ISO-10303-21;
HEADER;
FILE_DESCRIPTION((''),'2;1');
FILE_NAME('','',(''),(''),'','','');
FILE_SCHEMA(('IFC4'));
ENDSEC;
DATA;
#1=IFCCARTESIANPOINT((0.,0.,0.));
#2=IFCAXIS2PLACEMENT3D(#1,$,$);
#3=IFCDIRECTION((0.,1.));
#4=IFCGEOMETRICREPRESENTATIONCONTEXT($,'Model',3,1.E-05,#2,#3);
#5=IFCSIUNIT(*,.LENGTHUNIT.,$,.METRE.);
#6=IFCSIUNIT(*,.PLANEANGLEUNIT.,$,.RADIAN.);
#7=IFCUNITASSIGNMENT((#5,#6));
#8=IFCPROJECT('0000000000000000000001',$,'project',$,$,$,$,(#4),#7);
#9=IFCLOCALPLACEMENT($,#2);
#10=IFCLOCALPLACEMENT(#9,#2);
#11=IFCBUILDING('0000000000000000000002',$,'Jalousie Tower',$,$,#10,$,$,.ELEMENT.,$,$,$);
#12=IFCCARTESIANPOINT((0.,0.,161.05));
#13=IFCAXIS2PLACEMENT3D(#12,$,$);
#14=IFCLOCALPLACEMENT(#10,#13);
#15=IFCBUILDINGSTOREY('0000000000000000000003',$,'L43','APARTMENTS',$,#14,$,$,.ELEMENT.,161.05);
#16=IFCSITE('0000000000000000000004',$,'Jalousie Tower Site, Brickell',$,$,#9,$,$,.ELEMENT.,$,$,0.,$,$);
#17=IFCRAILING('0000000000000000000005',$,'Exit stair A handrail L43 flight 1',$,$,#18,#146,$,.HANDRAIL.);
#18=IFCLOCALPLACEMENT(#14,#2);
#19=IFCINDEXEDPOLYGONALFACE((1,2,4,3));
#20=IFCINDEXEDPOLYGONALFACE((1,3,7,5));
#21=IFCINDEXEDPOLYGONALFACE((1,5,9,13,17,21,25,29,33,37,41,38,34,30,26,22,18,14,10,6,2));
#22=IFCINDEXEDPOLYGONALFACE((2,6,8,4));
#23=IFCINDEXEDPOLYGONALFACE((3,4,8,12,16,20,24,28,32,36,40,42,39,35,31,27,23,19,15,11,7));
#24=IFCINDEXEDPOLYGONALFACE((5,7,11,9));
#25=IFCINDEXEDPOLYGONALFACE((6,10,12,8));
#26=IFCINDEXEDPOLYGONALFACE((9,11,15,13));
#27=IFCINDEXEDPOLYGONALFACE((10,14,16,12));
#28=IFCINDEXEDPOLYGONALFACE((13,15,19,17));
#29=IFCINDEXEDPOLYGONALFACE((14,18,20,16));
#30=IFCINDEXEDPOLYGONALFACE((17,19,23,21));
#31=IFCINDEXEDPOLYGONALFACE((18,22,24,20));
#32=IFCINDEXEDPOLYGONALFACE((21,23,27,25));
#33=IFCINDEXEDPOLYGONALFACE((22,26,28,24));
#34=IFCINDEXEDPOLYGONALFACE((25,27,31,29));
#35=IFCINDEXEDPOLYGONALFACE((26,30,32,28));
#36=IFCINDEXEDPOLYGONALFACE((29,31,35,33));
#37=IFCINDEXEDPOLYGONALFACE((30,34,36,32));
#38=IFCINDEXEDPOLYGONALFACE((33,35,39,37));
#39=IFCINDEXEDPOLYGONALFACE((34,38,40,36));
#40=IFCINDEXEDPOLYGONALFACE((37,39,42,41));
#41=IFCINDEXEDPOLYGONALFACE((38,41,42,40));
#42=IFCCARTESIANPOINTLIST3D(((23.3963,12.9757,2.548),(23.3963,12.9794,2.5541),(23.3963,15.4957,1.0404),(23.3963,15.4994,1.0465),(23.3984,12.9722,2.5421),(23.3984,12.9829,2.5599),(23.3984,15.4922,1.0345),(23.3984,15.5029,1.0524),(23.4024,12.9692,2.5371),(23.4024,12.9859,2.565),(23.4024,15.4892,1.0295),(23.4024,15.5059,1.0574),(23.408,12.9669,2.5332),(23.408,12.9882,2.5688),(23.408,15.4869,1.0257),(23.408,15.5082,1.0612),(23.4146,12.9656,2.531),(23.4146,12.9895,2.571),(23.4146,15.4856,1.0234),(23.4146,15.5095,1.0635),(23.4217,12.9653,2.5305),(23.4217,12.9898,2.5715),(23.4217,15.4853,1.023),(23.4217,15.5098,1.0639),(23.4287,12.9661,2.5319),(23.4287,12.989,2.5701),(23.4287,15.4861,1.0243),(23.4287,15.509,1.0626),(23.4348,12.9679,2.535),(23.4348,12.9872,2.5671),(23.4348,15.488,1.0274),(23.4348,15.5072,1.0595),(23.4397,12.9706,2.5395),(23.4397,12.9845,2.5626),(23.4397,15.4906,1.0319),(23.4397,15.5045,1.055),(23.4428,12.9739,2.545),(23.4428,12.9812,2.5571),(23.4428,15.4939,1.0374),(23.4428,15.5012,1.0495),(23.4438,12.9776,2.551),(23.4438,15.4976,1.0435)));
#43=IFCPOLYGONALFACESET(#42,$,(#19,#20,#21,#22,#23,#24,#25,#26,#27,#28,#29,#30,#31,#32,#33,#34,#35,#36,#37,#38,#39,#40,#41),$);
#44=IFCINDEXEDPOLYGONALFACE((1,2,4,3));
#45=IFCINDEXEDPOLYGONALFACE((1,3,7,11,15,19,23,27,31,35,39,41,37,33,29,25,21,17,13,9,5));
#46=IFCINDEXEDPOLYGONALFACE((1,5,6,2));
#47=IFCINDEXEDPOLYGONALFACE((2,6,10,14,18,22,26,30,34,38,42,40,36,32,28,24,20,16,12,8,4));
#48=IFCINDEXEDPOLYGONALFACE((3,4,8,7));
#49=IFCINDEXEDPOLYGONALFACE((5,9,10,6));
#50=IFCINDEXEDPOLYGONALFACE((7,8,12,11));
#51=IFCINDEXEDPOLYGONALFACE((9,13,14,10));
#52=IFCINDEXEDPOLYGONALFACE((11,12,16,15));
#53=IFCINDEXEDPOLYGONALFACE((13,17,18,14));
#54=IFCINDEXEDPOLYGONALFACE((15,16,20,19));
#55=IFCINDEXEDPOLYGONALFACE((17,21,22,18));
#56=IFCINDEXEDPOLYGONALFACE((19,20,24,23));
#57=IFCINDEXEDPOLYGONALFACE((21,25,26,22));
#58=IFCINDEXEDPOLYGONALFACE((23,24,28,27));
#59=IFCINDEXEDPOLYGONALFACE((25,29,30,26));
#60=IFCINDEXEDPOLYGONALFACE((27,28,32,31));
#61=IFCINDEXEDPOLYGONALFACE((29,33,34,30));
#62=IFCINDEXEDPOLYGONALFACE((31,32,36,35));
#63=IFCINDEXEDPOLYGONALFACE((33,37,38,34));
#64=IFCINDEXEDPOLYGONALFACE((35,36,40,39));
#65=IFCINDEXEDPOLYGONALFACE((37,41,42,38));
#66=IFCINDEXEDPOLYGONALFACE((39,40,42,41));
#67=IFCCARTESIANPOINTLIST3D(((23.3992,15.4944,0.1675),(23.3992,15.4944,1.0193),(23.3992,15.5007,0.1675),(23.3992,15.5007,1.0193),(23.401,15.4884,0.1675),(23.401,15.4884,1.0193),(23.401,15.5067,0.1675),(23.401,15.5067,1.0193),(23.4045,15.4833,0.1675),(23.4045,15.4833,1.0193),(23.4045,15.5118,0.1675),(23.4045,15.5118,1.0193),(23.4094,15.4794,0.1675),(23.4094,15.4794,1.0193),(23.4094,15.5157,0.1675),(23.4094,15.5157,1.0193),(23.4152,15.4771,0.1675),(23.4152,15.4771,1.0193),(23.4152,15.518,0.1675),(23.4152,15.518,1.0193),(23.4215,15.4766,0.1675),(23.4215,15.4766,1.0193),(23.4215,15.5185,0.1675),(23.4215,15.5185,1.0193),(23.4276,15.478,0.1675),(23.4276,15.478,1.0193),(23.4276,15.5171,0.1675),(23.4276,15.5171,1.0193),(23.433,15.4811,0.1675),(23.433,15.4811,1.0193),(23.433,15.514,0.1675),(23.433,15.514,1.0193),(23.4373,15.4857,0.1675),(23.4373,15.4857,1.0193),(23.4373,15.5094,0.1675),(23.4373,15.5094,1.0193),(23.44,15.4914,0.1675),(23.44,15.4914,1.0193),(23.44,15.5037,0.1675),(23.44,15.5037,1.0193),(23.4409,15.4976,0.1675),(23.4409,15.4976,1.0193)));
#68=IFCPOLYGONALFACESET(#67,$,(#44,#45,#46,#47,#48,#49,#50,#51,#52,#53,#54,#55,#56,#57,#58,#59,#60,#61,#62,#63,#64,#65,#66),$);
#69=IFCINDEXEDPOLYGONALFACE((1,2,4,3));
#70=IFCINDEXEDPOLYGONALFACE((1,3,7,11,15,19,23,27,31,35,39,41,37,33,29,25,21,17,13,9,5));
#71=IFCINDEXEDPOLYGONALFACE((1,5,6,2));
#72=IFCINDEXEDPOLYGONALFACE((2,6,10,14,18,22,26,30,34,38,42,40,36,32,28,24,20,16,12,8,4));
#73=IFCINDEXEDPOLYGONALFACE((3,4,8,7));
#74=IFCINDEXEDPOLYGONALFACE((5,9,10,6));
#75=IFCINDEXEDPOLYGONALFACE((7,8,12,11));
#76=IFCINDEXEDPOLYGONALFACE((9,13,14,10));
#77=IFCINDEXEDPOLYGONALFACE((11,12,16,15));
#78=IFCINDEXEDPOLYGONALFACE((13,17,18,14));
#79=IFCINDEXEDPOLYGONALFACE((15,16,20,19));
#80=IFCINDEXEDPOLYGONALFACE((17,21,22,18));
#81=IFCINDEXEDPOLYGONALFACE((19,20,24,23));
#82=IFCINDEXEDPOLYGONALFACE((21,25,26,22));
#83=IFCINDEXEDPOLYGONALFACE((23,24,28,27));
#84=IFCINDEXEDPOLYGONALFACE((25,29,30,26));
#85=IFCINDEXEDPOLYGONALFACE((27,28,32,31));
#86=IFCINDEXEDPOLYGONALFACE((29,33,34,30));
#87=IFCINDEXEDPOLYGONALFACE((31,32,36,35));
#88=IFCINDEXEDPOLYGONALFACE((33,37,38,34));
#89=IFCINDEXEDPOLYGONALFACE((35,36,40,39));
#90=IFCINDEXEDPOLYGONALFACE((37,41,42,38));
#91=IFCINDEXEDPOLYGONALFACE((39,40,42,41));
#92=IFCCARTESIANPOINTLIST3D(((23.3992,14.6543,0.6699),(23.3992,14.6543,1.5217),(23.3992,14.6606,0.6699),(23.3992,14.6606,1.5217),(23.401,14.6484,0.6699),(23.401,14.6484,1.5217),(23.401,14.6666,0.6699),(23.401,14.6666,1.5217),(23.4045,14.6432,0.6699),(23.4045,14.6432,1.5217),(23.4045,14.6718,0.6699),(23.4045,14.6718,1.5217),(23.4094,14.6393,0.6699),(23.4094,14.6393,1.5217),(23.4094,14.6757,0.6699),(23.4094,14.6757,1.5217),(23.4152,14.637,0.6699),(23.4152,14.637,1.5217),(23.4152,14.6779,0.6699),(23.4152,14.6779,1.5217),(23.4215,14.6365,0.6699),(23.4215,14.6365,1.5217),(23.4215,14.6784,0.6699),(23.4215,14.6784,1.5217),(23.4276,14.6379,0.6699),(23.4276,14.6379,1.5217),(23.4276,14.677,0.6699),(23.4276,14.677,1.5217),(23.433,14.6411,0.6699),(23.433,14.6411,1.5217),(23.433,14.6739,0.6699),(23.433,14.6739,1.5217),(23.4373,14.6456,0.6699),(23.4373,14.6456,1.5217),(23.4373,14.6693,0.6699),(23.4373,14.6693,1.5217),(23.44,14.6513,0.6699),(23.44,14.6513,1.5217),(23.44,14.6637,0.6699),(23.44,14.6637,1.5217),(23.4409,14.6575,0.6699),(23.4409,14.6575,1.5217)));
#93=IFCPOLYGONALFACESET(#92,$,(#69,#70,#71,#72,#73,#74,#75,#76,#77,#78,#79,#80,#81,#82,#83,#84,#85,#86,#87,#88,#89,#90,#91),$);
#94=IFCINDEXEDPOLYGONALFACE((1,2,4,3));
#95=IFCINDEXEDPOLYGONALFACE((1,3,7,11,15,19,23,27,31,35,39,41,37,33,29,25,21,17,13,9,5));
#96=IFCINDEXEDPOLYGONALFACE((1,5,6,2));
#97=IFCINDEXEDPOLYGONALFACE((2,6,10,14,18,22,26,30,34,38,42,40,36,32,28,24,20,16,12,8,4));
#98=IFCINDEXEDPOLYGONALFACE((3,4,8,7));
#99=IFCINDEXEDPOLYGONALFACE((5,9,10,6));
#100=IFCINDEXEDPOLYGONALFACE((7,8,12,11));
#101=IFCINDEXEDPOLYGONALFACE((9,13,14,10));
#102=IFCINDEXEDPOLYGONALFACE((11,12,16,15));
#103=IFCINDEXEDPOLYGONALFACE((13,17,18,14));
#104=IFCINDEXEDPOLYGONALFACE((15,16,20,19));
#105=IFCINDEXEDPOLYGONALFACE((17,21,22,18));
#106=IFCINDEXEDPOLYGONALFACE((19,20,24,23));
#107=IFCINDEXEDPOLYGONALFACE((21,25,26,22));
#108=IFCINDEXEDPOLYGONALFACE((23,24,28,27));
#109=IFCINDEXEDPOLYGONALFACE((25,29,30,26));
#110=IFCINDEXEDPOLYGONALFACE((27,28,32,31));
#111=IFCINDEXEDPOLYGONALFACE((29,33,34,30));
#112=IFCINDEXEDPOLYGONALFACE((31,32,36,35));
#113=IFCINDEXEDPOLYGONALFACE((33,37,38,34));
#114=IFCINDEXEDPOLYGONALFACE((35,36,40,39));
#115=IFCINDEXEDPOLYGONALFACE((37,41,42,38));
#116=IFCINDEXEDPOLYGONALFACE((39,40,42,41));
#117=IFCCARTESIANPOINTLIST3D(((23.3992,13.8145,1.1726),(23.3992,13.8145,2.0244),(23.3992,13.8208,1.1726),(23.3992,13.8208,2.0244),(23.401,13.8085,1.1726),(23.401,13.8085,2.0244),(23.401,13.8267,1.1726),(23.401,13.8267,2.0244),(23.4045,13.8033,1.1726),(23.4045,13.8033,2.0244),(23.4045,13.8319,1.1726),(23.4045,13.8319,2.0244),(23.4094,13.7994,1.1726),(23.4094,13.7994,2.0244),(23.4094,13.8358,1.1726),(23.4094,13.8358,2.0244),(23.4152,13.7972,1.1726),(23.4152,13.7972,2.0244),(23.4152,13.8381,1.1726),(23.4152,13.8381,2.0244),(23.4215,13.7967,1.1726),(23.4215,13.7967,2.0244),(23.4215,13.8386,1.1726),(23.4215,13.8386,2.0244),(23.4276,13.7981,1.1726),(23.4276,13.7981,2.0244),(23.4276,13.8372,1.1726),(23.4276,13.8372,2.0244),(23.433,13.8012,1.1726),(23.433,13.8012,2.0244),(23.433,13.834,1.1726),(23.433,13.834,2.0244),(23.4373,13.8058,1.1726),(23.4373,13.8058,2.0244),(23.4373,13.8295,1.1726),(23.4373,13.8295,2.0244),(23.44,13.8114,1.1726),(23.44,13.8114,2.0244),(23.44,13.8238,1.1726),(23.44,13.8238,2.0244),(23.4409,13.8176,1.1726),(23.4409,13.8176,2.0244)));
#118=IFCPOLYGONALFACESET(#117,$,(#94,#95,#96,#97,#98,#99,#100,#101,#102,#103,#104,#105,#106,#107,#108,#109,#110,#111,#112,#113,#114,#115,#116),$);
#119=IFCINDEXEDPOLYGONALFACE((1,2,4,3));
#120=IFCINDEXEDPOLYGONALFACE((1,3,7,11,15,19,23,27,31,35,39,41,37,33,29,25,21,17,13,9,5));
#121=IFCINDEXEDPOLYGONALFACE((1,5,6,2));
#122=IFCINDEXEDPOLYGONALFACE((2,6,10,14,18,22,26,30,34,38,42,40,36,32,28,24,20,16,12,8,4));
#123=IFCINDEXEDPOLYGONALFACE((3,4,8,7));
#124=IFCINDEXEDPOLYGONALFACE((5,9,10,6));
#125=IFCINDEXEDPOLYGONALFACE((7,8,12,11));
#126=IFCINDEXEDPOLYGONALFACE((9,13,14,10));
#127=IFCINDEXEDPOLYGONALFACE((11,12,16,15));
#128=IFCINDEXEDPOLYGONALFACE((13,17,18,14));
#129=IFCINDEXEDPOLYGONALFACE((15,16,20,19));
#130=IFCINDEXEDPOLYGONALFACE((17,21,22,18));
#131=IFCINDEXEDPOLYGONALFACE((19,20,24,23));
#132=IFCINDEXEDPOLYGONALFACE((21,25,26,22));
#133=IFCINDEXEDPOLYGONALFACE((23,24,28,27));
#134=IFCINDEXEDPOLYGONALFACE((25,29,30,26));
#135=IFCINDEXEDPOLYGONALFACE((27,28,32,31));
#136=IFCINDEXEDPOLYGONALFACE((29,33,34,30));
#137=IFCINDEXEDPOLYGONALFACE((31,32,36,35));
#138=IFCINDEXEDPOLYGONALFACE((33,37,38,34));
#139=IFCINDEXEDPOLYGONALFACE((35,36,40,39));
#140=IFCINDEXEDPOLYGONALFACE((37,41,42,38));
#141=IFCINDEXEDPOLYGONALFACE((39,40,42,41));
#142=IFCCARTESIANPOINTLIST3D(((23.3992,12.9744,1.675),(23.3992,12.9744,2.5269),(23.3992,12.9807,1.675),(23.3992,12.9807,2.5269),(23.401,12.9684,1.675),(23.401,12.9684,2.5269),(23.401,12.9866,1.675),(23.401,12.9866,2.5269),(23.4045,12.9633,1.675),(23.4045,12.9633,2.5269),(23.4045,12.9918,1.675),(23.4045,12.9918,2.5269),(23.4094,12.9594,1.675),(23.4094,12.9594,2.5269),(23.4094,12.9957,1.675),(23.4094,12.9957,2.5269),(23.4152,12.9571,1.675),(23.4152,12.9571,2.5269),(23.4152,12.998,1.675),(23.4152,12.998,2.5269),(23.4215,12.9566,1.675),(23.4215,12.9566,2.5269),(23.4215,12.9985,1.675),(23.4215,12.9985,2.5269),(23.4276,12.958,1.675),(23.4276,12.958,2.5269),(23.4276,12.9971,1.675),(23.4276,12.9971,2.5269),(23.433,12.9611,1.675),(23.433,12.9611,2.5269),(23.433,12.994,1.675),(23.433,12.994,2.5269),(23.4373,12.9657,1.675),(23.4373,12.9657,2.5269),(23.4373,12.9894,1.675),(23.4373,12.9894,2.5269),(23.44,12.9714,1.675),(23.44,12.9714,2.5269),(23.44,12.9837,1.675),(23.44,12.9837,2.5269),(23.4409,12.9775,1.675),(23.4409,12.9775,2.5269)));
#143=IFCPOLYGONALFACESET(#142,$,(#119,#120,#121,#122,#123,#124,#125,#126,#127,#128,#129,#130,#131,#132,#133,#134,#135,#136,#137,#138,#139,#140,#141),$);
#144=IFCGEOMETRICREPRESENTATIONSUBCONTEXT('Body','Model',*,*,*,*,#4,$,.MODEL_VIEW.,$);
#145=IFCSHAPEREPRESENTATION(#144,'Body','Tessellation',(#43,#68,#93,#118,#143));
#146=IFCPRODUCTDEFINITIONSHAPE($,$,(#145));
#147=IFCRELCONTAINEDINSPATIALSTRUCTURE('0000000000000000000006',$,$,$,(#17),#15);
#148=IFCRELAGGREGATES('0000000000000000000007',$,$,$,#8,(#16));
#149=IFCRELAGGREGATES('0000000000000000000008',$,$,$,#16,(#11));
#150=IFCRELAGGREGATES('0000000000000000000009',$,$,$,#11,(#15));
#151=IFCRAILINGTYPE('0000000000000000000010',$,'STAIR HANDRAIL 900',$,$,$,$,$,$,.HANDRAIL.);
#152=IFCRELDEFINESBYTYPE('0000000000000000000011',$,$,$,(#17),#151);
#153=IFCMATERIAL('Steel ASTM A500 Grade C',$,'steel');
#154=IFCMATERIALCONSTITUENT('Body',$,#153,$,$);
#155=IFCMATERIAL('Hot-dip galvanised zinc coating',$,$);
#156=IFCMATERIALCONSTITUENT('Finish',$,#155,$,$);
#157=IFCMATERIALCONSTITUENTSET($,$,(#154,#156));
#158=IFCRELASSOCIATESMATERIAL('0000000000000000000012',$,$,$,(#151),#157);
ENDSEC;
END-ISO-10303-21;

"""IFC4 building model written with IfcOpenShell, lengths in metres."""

from ifc_helpers import new_model, si_unit, direction, frame, origin, origin_2d, place, context, subcontext, project, spatial, circle, extrude, material, constituent, constituent_set, type_object, element, save


model = new_model("IFC4")

# Units and contexts
model_context = context("Model", 3, precision=1e-05, world=origin(), true_north=direction((0.0, 1.0)))
body_context = subcontext(model_context, "Body", "Model", "MODEL_VIEW")
ifc_project = project(units=[si_unit("LENGTHUNIT", "METRE"), si_unit("PLANEANGLEUNIT", "RADIAN")], contexts=[model_context])

# Site, building, storey
site_placement = place(None, origin())
site = spatial("IfcSite", under=ifc_project, at=site_placement, Name="Jalousie Tower Site, Brickell", CompositionType="ELEMENT", RefElevation=0.0)
building_placement = place(site_placement, origin())
building = spatial("IfcBuilding", under=site, at=building_placement, Name="Jalousie Tower", CompositionType="ELEMENT")
storey_placement = place(building_placement, frame((0.0, 0.0, 161.05)))
storey = spatial("IfcBuildingStorey", under=building, at=storey_placement, Name="L43", Description="APARTMENTS", CompositionType="ELEMENT", Elevation=161.05)

# Railing
ifc_material_1 = material(Name="Steel ASTM A500 Grade C", Category="steel")
ifc_constituent_1 = constituent(ifc_material_1, Name="Body")
ifc_material_2 = material(Name="Hot-dip galvanised zinc coating")
ifc_constituent_2 = constituent(ifc_material_2, Name="Finish")
ifc_constituent_set_1 = constituent_set(constituents=[ifc_constituent_1, ifc_constituent_2])
railing_type_1 = type_object("IfcRailingType", Name="STAIR HANDRAIL 900", PredefinedType="HANDRAIL", material=ifc_constituent_set_1)
railing_1_placement = place(storey_placement, frame((23.4199, 15.4976, 0.1675)))
element("IfcRailing", 1, at=railing_1_placement, inside=storey, type_object=railing_type_1, Name="Exit stair A handrail L43 flight 1", PredefinedType="HANDRAIL", context=body_context, shape_type="SweptSolid", body=[
    extrude(circle(Radius=0.0239, at=origin_2d()), frame((0.0, 0.0, 0.876), z_axis=(0.0, -0.85816, 0.513383), x_axis=(1.0, 0.0, 0.0)), (0.0, 0.0, 1.0), 2.9365),
    extrude(circle(Radius=0.021, at=origin_2d()), origin(), (0.0, 0.0, 1.0), 0.8518),
    extrude(circle(Radius=0.021, at=origin_2d()), frame((0.0, -0.8401, 0.5024)), (0.0, 0.0, 1.0), 0.8518),
    extrude(circle(Radius=0.021, at=origin_2d()), frame((0.0, -1.6799, 1.0051)), (0.0, 0.0, 1.0), 0.8518),
    extrude(circle(Radius=0.021, at=origin_2d()), frame((0.0, -2.52, 1.5076)), (0.0, 0.0, 1.0), 0.8518),
])

save(model, "model.ifc")
